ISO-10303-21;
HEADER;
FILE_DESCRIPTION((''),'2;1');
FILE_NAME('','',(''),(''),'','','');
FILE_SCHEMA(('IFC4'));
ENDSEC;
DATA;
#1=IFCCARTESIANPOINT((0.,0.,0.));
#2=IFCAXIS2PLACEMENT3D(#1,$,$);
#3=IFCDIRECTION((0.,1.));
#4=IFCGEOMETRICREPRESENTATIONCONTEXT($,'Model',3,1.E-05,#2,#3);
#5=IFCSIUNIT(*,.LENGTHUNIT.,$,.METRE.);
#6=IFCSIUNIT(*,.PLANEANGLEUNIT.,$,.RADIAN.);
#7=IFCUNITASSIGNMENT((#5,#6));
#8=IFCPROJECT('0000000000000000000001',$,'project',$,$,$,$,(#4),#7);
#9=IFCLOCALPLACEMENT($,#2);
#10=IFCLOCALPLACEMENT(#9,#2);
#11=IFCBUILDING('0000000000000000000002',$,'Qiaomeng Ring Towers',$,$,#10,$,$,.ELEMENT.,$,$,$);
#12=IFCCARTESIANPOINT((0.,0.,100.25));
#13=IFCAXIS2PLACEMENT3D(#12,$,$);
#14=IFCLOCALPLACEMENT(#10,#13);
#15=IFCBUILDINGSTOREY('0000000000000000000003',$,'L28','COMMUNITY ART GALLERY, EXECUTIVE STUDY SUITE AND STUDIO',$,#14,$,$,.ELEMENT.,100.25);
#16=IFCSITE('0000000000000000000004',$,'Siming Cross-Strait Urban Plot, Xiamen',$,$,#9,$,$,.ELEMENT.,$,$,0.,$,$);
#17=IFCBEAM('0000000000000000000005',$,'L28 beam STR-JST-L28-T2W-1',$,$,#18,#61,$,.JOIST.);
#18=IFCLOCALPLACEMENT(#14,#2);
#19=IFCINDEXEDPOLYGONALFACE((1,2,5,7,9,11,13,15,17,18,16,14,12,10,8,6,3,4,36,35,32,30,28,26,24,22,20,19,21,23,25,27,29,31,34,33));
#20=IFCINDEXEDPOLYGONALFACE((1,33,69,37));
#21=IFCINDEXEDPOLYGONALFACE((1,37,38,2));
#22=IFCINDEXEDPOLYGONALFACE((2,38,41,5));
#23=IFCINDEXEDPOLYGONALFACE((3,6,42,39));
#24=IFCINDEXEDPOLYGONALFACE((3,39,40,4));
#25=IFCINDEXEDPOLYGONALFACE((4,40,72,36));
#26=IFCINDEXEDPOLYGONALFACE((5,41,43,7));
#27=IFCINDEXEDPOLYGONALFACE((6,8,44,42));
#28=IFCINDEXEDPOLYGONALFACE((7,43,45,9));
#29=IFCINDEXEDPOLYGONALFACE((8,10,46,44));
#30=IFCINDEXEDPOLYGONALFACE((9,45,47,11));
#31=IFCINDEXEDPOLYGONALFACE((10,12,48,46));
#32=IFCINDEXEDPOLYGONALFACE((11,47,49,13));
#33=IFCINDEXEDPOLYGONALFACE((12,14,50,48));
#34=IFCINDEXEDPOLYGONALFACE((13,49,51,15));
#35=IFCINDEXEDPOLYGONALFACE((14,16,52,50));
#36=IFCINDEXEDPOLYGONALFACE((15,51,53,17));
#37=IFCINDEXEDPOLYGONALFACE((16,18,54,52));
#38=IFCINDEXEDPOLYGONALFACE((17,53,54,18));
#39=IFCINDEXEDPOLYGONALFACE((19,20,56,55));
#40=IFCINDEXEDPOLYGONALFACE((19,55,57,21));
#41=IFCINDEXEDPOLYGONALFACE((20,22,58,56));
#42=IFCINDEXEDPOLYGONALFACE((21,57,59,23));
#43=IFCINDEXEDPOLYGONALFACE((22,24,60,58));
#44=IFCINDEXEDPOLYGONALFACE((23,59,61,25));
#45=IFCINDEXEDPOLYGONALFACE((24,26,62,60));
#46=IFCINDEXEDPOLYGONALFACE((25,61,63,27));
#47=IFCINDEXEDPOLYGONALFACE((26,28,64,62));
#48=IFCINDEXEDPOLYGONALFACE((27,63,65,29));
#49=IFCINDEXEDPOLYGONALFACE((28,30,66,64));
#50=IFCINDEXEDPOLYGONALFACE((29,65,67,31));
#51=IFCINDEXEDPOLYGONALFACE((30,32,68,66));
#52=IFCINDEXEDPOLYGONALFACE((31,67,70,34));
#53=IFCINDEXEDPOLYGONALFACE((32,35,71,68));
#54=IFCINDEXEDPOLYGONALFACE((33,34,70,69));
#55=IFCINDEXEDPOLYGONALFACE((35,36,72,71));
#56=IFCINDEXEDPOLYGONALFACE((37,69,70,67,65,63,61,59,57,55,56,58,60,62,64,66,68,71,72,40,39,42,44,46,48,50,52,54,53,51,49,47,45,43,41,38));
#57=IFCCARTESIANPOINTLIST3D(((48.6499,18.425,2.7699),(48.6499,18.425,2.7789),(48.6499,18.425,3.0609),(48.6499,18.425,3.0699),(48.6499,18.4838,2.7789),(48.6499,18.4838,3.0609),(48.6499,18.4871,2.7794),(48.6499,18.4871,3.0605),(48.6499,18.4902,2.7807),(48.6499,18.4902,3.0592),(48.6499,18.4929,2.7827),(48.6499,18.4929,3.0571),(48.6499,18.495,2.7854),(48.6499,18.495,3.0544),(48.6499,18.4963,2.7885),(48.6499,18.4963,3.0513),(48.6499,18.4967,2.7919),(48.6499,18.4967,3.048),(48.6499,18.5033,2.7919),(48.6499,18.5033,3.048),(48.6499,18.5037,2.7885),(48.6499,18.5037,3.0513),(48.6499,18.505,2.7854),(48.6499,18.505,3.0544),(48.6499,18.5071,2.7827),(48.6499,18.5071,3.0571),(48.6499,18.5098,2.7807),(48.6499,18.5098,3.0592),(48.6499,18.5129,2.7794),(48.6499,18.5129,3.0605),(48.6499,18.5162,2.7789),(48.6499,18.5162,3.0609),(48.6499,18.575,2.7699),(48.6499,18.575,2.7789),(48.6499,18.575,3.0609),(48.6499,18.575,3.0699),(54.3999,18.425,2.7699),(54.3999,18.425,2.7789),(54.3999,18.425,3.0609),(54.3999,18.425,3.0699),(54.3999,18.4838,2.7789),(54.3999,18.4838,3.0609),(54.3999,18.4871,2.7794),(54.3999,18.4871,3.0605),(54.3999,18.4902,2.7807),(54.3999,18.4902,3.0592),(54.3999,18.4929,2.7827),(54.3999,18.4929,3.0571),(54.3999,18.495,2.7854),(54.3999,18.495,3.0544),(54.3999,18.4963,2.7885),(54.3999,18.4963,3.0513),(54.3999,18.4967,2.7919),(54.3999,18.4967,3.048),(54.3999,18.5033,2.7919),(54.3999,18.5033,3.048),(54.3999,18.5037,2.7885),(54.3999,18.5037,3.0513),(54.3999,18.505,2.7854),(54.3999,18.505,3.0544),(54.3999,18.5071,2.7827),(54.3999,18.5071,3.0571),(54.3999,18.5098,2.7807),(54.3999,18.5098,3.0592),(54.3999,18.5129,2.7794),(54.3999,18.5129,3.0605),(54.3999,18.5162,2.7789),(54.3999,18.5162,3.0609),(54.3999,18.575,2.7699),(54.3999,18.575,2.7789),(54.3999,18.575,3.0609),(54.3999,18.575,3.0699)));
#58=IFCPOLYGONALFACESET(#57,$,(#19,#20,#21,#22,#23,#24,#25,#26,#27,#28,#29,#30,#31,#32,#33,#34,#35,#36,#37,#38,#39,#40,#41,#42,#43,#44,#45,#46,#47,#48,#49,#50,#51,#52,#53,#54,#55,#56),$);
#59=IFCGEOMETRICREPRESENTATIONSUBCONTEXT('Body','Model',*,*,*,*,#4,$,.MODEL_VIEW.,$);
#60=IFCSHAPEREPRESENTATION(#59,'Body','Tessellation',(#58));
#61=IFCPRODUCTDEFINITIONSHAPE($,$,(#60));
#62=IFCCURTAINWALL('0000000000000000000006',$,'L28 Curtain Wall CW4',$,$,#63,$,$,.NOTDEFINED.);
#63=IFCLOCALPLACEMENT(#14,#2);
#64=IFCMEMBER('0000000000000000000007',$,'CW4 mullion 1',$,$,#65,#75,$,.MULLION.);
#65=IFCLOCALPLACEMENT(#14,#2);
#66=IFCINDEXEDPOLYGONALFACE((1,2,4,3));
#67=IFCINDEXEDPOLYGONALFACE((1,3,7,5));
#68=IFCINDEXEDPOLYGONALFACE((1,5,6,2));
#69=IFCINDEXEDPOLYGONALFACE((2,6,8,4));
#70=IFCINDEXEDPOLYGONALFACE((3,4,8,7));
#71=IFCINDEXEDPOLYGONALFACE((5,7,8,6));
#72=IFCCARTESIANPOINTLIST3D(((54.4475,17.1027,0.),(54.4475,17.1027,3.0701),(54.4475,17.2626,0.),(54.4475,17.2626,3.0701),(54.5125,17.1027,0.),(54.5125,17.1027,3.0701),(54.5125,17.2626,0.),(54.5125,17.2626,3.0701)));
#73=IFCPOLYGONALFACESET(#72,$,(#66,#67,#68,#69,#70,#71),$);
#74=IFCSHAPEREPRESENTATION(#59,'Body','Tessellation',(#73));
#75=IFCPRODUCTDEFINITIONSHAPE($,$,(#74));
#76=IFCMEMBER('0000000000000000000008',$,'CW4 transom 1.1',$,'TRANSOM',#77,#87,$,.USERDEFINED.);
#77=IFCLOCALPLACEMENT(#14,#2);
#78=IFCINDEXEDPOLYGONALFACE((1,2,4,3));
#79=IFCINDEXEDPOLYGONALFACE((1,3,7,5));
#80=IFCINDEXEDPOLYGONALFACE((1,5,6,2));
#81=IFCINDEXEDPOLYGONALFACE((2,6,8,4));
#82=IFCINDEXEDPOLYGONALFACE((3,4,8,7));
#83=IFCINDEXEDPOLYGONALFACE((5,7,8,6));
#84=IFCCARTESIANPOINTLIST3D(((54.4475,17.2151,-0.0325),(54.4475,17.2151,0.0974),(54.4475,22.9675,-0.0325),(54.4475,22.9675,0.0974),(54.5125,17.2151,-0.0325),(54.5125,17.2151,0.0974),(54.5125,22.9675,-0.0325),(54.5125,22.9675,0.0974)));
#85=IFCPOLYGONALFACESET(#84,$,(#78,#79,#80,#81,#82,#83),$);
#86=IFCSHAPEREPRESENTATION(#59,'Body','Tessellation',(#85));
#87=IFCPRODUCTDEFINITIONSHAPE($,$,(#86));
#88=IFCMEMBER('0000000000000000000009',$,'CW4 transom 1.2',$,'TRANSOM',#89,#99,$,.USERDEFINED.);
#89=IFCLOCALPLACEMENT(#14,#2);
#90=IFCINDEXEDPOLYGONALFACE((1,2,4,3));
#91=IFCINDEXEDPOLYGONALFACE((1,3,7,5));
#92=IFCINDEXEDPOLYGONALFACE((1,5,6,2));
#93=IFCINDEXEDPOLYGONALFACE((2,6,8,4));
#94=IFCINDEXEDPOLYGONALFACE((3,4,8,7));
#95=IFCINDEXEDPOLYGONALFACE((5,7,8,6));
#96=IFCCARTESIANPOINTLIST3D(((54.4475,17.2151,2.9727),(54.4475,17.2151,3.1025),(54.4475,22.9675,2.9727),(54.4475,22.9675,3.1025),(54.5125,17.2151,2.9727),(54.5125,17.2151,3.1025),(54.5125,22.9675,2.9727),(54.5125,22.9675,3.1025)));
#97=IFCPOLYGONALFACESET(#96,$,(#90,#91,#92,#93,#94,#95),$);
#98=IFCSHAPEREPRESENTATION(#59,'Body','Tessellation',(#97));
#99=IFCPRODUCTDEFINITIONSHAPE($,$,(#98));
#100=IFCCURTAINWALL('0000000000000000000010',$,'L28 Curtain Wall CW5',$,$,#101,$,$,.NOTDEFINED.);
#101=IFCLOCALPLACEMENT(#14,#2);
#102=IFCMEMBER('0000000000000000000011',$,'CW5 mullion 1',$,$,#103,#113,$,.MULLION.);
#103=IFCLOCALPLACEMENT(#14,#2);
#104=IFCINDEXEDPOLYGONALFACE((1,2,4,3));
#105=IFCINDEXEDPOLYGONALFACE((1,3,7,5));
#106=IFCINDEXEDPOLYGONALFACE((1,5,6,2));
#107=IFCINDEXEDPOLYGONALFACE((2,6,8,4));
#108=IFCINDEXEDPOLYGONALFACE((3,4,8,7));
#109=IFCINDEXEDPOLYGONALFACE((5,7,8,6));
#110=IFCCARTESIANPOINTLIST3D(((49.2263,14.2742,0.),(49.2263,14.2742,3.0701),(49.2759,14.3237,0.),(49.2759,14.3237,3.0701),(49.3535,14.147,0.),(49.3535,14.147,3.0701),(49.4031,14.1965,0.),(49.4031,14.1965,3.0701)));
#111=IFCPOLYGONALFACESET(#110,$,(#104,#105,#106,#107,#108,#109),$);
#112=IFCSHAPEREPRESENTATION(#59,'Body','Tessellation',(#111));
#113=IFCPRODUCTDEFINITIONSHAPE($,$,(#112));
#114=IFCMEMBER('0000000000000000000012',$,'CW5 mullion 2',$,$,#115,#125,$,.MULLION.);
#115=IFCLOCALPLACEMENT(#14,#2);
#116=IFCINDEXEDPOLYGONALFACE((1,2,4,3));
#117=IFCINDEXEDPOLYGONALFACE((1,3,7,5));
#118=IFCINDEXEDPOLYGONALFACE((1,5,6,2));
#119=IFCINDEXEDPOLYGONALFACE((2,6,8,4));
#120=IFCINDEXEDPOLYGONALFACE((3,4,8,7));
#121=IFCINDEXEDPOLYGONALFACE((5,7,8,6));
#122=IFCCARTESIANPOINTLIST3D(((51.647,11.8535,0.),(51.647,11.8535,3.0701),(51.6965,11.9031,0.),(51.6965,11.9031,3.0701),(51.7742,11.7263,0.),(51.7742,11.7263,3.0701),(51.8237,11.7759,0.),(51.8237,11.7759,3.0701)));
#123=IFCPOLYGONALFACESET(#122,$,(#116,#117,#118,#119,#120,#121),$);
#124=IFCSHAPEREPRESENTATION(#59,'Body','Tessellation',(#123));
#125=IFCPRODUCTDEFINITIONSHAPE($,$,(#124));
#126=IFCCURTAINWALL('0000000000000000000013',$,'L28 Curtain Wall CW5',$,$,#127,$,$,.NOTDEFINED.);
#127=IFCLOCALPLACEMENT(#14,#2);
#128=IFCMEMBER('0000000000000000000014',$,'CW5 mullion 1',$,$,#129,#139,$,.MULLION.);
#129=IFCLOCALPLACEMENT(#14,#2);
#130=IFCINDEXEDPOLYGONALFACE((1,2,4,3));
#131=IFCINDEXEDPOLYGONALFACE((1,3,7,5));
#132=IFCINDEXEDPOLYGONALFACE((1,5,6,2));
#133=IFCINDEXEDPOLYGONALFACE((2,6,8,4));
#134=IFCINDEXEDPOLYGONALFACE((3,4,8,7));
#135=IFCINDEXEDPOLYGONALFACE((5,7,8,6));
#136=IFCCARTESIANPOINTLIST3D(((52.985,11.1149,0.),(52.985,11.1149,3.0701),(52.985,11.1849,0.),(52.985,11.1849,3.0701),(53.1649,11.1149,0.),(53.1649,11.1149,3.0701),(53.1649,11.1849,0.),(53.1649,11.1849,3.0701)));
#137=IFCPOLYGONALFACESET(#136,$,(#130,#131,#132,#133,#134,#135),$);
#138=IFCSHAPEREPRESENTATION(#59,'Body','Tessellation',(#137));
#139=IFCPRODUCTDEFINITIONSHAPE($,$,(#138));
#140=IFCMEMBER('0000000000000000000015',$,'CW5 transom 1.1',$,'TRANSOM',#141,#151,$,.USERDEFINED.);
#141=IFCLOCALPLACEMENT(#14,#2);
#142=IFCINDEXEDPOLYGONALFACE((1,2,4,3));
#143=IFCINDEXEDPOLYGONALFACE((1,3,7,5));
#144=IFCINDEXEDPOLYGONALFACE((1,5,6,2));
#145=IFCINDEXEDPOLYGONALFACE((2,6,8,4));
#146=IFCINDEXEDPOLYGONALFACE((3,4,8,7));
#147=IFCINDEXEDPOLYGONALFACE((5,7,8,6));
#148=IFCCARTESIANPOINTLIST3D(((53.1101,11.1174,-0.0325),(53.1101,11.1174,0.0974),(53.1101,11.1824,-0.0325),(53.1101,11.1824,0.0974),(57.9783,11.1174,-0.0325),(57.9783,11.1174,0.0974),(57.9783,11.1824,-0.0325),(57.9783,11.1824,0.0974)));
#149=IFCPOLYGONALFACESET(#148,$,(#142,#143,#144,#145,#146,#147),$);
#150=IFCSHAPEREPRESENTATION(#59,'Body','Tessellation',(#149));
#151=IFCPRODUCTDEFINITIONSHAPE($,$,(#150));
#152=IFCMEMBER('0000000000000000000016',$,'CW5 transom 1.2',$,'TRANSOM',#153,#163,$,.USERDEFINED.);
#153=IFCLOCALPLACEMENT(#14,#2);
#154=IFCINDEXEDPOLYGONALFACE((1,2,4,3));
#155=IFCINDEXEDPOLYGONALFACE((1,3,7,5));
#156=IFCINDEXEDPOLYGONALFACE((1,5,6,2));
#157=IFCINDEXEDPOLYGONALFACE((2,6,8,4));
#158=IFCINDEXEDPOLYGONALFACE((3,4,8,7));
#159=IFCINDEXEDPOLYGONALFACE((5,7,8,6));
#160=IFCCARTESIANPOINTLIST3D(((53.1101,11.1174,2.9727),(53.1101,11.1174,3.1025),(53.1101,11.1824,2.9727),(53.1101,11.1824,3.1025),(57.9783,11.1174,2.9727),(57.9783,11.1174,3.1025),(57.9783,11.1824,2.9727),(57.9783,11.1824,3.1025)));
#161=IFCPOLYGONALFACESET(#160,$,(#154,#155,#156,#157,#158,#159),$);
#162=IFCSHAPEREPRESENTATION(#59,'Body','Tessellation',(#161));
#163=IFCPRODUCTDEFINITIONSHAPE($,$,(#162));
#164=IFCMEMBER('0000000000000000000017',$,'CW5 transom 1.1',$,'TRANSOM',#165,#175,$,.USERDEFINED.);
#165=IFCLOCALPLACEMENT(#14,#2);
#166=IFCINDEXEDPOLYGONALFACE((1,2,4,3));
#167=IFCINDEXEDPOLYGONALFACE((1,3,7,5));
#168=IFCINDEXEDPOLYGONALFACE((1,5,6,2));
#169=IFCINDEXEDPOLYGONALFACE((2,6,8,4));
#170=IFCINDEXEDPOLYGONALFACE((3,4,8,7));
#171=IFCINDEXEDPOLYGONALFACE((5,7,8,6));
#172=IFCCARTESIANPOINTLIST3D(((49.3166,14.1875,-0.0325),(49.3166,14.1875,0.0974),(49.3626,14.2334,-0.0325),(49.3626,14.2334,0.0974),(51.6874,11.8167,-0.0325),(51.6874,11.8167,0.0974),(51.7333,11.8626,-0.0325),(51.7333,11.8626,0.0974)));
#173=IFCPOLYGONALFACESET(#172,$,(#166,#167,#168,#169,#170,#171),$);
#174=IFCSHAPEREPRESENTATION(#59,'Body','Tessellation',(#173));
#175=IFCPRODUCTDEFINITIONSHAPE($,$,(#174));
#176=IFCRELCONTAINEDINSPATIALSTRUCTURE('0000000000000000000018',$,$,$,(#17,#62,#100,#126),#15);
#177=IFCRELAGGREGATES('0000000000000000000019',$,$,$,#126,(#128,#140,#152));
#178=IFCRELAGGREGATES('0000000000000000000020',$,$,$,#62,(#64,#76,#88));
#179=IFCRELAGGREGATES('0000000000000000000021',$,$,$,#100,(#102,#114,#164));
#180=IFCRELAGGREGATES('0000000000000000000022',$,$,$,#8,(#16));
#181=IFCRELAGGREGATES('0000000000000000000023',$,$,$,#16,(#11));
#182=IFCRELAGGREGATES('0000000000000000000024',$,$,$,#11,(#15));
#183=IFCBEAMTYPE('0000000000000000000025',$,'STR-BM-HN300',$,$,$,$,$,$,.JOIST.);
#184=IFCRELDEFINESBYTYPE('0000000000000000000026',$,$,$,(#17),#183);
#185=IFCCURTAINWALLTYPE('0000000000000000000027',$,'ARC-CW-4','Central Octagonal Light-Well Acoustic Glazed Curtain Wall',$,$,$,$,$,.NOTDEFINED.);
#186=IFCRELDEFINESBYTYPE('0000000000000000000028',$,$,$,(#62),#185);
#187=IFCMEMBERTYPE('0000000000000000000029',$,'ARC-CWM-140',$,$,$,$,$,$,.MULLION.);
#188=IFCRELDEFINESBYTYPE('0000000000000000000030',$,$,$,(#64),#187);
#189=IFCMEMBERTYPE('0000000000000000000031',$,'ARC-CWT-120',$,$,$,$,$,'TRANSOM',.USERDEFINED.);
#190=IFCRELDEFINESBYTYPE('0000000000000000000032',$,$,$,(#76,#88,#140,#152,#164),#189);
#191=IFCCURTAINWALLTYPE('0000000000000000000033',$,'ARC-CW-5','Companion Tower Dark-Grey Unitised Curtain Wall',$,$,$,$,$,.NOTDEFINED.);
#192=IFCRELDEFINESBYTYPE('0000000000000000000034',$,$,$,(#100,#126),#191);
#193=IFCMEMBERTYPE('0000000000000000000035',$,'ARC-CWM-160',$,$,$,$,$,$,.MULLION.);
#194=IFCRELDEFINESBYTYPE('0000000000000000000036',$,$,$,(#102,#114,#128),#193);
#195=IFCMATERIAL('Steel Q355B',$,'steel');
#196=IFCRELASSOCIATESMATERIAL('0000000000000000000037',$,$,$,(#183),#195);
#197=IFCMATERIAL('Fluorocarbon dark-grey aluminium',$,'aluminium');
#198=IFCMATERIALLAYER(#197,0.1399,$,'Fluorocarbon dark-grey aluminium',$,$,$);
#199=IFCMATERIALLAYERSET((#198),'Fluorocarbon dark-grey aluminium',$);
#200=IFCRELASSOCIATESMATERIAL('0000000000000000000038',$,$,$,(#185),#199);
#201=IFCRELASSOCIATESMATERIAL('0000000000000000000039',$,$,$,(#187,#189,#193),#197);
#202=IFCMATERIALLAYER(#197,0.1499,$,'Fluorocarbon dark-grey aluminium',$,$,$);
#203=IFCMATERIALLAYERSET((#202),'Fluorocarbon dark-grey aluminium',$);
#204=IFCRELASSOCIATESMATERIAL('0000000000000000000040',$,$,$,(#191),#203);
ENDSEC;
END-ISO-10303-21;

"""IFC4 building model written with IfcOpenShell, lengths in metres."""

from ifc_helpers import new_model, si_unit, direction, frame, origin, origin_2d, place, context, subcontext, project, spatial, rectangle, i_section, extrude, source, transform, mapped, material, layer, layer_set, material_profile, profile_set, type_object, element, aggregate, save


model = new_model("IFC4")

# Units and contexts
model_context = context("Model", 3, precision=1e-05, world=origin(), true_north=direction((0.0, 1.0)))
body_context = subcontext(model_context, "Body", "Model", "MODEL_VIEW")
ifc_project = project(units=[si_unit("LENGTHUNIT", "METRE"), si_unit("PLANEANGLEUNIT", "RADIAN")], contexts=[model_context])

# Site, building, storey
site_placement = place(None, origin())
site = spatial("IfcSite", under=ifc_project, at=site_placement, Name="Siming Cross-Strait Urban Plot, Xiamen", CompositionType="ELEMENT", RefElevation=0.0)
building_placement = place(site_placement, origin())
building = spatial("IfcBuilding", under=site, at=building_placement, Name="Qiaomeng Ring Towers", CompositionType="ELEMENT")
storey_placement = place(building_placement, frame((0.0, 0.0, 100.25)))
storey = spatial("IfcBuildingStorey", under=building, at=storey_placement, Name="L28", Description="COMMUNITY ART GALLERY, EXECUTIVE STUDY SUITE AND STUDIO", CompositionType="ELEMENT", Elevation=100.25)

# Beam
ifc_material_1 = material(Name="Steel Q355B", Category="steel")
ifc_material_profile_1 = material_profile(ifc_material_1, i_section(OverallWidth=0.1499, OverallDepth=0.3, WebThickness=0.0066, FlangeThickness=0.009, FilletRadius=0.0129, at=origin_2d()), Name="HN 300x150x6.5x9")
ifc_profile_set_1 = profile_set([ifc_material_profile_1], Name="Steel Q355B")
beam_type_1 = type_object("IfcBeamType", Name="STR-BM-HN300", PredefinedType="JOIST", material=ifc_profile_set_1)
shared_shape_1 = source(origin(), body_context, "Body", "SweptSolid", [
    extrude(i_section(OverallWidth=0.1499, OverallDepth=0.3, WebThickness=0.0066, FlangeThickness=0.009, FilletRadius=0.0129, at=origin_2d()), origin(), (0.0, 0.0, 1.0), 5.75),
])
beam_1_placement = place(storey_placement, frame((48.6499, 18.5, 2.9199), z_axis=(1.0, 0.0, 0.0), x_axis=(0.0, 1.0, 0.0)))
element("IfcBeam", 1, at=beam_1_placement, inside=storey, type_object=beam_type_1, Name="L28 beam STR-JST-L28-T2W-1", PredefinedType="JOIST", context=body_context, shape_type="MappedRepresentation", body=[
    mapped(shared_shape_1, transform((0.0, 0.0, 0.0), x_axis=(1.0, 0.0, 0.0), y_axis=(0.0, 1.0, 0.0), z_axis=(0.0, 0.0, 1.0), scale=1.0)),
])

# Curtain walls, members
ifc_material_2 = material(Name="Fluorocarbon dark-grey aluminium", Category="aluminium")
ifc_layer_1 = layer(ifc_material_2, 0.1399, Name="Fluorocarbon dark-grey aluminium")
ifc_layer_set_1 = layer_set([ifc_layer_1], Name="Fluorocarbon dark-grey aluminium")
curtain_wall_type_1 = type_object("IfcCurtainWallType", Name="ARC-CW-4", Description="Central Octagonal Light-Well Acoustic Glazed Curtain Wall", PredefinedType="NOTDEFINED", material=ifc_layer_set_1)
curtain_wall_1_placement = place(storey_placement, origin())
curtain_wall_1 = element("IfcCurtainWall", 2, at=curtain_wall_1_placement, inside=storey, type_object=curtain_wall_type_1, Name="L28 Curtain Wall CW4", PredefinedType="NOTDEFINED")
ifc_material_profile_2 = material_profile(ifc_material_2, rectangle(XDim=0.0649, YDim=0.1599, at=origin_2d()), Name="ALU MULL 65x160")
ifc_profile_set_2 = profile_set([ifc_material_profile_2], Name="Fluorocarbon dark-grey aluminium")
member_type_1 = type_object("IfcMemberType", Name="ARC-CWM-140", PredefinedType="MULLION", material=ifc_profile_set_2)
shared_shape_2 = source(origin(), body_context, "Body", "SweptSolid", [
    extrude(rectangle(XDim=0.0649, YDim=0.1599, at=origin_2d()), origin(), (0.0, 0.0, 1.0), 3.0701),
])
member_1_placement = place(storey_placement, frame((54.48, 17.1826, 0.0), z_axis=(0.0, 0.0, 1.0), x_axis=(-1.0, 0.0, 0.0)))
member_1 = element("IfcMember", 3, at=member_1_placement, type_object=member_type_1, Name="CW4 mullion 1", PredefinedType="MULLION", context=body_context, shape_type="MappedRepresentation", body=[
    mapped(shared_shape_2, transform((0.0, 0.0, 0.0), x_axis=(1.0, 0.0, 0.0), y_axis=(0.0, 1.0, 0.0), z_axis=(0.0, 0.0, 1.0), scale=1.0)),
])
ifc_material_profile_3 = material_profile(ifc_material_2, rectangle(XDim=0.0649, YDim=0.1299, at=origin_2d()), Name="ALU TRAN 65x130")
ifc_profile_set_3 = profile_set([ifc_material_profile_3], Name="Fluorocarbon dark-grey aluminium")
member_type_2 = type_object("IfcMemberType", Name="ARC-CWT-120", ElementType="TRANSOM", PredefinedType="USERDEFINED", material=ifc_profile_set_3)
shared_shape_3 = source(origin(), body_context, "Body", "SweptSolid", [
    extrude(rectangle(XDim=0.0649, YDim=0.1299, at=origin_2d()), origin(), (0.0, 0.0, 1.0), 5.7524),
])
member_2_placement = place(storey_placement, frame((54.48, 17.2151, 0.0325), z_axis=(0.0, 1.0, 0.0), x_axis=(-1.0, 0.0, 0.0)))
member_2 = element("IfcMember", 4, at=member_2_placement, type_object=member_type_2, Name="CW4 transom 1.1", ObjectType="TRANSOM", PredefinedType="USERDEFINED", context=body_context, shape_type="MappedRepresentation", body=[
    mapped(shared_shape_3, transform((0.0, 0.0, 0.0), x_axis=(1.0, 0.0, 0.0), y_axis=(0.0, 1.0, 0.0), z_axis=(0.0, 0.0, 1.0), scale=1.0)),
])
member_3_placement = place(storey_placement, frame((54.48, 17.2151, 3.0376), z_axis=(0.0, 1.0, 0.0), x_axis=(-1.0, 0.0, 0.0)))
member_3 = element("IfcMember", 5, at=member_3_placement, type_object=member_type_2, Name="CW4 transom 1.2", ObjectType="TRANSOM", PredefinedType="USERDEFINED", context=body_context, shape_type="MappedRepresentation", body=[
    mapped(shared_shape_3, transform((0.0, 0.0, 0.0), x_axis=(1.0, 0.0, 0.0), y_axis=(0.0, 1.0, 0.0), z_axis=(0.0, 0.0, 1.0), scale=1.0)),
])
ifc_layer_2 = layer(ifc_material_2, 0.1499, Name="Fluorocarbon dark-grey aluminium")
ifc_layer_set_2 = layer_set([ifc_layer_2], Name="Fluorocarbon dark-grey aluminium")
curtain_wall_type_2 = type_object("IfcCurtainWallType", Name="ARC-CW-5", Description="Companion Tower Dark-Grey Unitised Curtain Wall", PredefinedType="NOTDEFINED", material=ifc_layer_set_2)
curtain_wall_2_placement = place(storey_placement, origin())
curtain_wall_2 = element("IfcCurtainWall", 6, at=curtain_wall_2_placement, inside=storey, type_object=curtain_wall_type_2, Name="L28 Curtain Wall CW5", PredefinedType="NOTDEFINED")
ifc_material_profile_4 = material_profile(ifc_material_2, rectangle(XDim=0.0701, YDim=0.1799, at=origin_2d()), Name="ALU MULL 70x180")
ifc_profile_set_4 = profile_set([ifc_material_profile_4], Name="Fluorocarbon dark-grey aluminium")
member_type_3 = type_object("IfcMemberType", Name="ARC-CWM-160", PredefinedType="MULLION", material=ifc_profile_set_4)
shared_shape_4 = source(origin(), body_context, "Body", "SweptSolid", [
    extrude(rectangle(XDim=0.0701, YDim=0.1799, at=origin_2d()), origin(), (0.0, 0.0, 1.0), 3.0701),
])
member_4_placement = place(storey_placement, frame((49.3147, 14.2354, 0.0), z_axis=(0.0, 0.0, 1.0), x_axis=(0.707107, 0.707107, 0.0)))
member_4 = element("IfcMember", 7, at=member_4_placement, type_object=member_type_3, Name="CW5 mullion 1", PredefinedType="MULLION", context=body_context, shape_type="MappedRepresentation", body=[
    mapped(shared_shape_4, transform((0.0, 0.0, 0.0), x_axis=(1.0, 0.0, 0.0), y_axis=(0.0, 1.0, 0.0), z_axis=(0.0, 0.0, 1.0), scale=1.0)),
])
member_5_placement = place(storey_placement, frame((51.7354, 11.8147, 0.0), z_axis=(0.0, 0.0, 1.0), x_axis=(0.707107, 0.707107, 0.0)))
member_5 = element("IfcMember", 8, at=member_5_placement, type_object=member_type_3, Name="CW5 mullion 2", PredefinedType="MULLION", context=body_context, shape_type="MappedRepresentation", body=[
    mapped(shared_shape_4, transform((0.0, 0.0, 0.0), x_axis=(1.0, 0.0, 0.0), y_axis=(0.0, 1.0, 0.0), z_axis=(0.0, 0.0, 1.0), scale=1.0)),
])
curtain_wall_3_placement = place(storey_placement, origin())
curtain_wall_3 = element("IfcCurtainWall", 9, at=curtain_wall_3_placement, inside=storey, type_object=curtain_wall_type_2, Name="L28 Curtain Wall CW5", PredefinedType="NOTDEFINED")
member_6_placement = place(storey_placement, frame((53.075, 11.1499, 0.0), z_axis=(0.0, 0.0, 1.0), x_axis=(0.0, 1.0, 0.0)))
member_6 = element("IfcMember", 10, at=member_6_placement, type_object=member_type_3, Name="CW5 mullion 1", PredefinedType="MULLION", context=body_context, shape_type="MappedRepresentation", body=[
    mapped(shared_shape_4, transform((0.0, 0.0, 0.0), x_axis=(1.0, 0.0, 0.0), y_axis=(0.0, 1.0, 0.0), z_axis=(0.0, 0.0, 1.0), scale=1.0)),
])
shared_shape_5 = source(origin(), body_context, "Body", "SweptSolid", [
    extrude(rectangle(XDim=0.0649, YDim=0.1299, at=origin_2d()), origin(), (0.0, 0.0, 1.0), 4.8682),
])
member_7_placement = place(storey_placement, frame((53.1101, 11.1499, 0.0325), z_axis=(1.0, 0.0, 0.0), x_axis=(0.0, 1.0, 0.0)))
member_7 = element("IfcMember", 11, at=member_7_placement, type_object=member_type_2, Name="CW5 transom 1.1", ObjectType="TRANSOM", PredefinedType="USERDEFINED", context=body_context, shape_type="MappedRepresentation", body=[
    mapped(shared_shape_5, transform((0.0, 0.0, 0.0), x_axis=(1.0, 0.0, 0.0), y_axis=(0.0, 1.0, 0.0), z_axis=(0.0, 0.0, 1.0), scale=1.0)),
])
member_8_placement = place(storey_placement, frame((53.1101, 11.1499, 3.0376), z_axis=(1.0, 0.0, 0.0), x_axis=(0.0, 1.0, 0.0)))
member_8 = element("IfcMember", 12, at=member_8_placement, type_object=member_type_2, Name="CW5 transom 1.2", ObjectType="TRANSOM", PredefinedType="USERDEFINED", context=body_context, shape_type="MappedRepresentation", body=[
    mapped(shared_shape_5, transform((0.0, 0.0, 0.0), x_axis=(1.0, 0.0, 0.0), y_axis=(0.0, 1.0, 0.0), z_axis=(0.0, 0.0, 1.0), scale=1.0)),
])
aggregate(curtain_wall_3, [member_6, member_7, member_8])

# Member
shared_shape_6 = source(origin(), body_context, "Body", "SweptSolid", [
    extrude(rectangle(XDim=0.0649, YDim=0.1299, at=origin_2d()), origin(), (0.0, 0.0, 1.0), 3.3528),
])
member_9_placement = place(storey_placement, frame((49.3396, 14.2104, 0.0325), z_axis=(0.707107, -0.707107, 0.0), x_axis=(0.707107, 0.707107, 0.0)))
member_9 = element("IfcMember", 13, at=member_9_placement, type_object=member_type_2, Name="CW5 transom 1.1", ObjectType="TRANSOM", PredefinedType="USERDEFINED", context=body_context, shape_type="MappedRepresentation", body=[
    mapped(shared_shape_6, transform((0.0, 0.0, 0.0), x_axis=(1.0, 0.0, 0.0), y_axis=(0.0, 1.0, 0.0), z_axis=(0.0, 0.0, 1.0), scale=1.0)),
])

aggregate(curtain_wall_1, [member_1, member_2, member_3])
aggregate(curtain_wall_2, [member_4, member_5, member_9])

save(model, "model.ifc")
